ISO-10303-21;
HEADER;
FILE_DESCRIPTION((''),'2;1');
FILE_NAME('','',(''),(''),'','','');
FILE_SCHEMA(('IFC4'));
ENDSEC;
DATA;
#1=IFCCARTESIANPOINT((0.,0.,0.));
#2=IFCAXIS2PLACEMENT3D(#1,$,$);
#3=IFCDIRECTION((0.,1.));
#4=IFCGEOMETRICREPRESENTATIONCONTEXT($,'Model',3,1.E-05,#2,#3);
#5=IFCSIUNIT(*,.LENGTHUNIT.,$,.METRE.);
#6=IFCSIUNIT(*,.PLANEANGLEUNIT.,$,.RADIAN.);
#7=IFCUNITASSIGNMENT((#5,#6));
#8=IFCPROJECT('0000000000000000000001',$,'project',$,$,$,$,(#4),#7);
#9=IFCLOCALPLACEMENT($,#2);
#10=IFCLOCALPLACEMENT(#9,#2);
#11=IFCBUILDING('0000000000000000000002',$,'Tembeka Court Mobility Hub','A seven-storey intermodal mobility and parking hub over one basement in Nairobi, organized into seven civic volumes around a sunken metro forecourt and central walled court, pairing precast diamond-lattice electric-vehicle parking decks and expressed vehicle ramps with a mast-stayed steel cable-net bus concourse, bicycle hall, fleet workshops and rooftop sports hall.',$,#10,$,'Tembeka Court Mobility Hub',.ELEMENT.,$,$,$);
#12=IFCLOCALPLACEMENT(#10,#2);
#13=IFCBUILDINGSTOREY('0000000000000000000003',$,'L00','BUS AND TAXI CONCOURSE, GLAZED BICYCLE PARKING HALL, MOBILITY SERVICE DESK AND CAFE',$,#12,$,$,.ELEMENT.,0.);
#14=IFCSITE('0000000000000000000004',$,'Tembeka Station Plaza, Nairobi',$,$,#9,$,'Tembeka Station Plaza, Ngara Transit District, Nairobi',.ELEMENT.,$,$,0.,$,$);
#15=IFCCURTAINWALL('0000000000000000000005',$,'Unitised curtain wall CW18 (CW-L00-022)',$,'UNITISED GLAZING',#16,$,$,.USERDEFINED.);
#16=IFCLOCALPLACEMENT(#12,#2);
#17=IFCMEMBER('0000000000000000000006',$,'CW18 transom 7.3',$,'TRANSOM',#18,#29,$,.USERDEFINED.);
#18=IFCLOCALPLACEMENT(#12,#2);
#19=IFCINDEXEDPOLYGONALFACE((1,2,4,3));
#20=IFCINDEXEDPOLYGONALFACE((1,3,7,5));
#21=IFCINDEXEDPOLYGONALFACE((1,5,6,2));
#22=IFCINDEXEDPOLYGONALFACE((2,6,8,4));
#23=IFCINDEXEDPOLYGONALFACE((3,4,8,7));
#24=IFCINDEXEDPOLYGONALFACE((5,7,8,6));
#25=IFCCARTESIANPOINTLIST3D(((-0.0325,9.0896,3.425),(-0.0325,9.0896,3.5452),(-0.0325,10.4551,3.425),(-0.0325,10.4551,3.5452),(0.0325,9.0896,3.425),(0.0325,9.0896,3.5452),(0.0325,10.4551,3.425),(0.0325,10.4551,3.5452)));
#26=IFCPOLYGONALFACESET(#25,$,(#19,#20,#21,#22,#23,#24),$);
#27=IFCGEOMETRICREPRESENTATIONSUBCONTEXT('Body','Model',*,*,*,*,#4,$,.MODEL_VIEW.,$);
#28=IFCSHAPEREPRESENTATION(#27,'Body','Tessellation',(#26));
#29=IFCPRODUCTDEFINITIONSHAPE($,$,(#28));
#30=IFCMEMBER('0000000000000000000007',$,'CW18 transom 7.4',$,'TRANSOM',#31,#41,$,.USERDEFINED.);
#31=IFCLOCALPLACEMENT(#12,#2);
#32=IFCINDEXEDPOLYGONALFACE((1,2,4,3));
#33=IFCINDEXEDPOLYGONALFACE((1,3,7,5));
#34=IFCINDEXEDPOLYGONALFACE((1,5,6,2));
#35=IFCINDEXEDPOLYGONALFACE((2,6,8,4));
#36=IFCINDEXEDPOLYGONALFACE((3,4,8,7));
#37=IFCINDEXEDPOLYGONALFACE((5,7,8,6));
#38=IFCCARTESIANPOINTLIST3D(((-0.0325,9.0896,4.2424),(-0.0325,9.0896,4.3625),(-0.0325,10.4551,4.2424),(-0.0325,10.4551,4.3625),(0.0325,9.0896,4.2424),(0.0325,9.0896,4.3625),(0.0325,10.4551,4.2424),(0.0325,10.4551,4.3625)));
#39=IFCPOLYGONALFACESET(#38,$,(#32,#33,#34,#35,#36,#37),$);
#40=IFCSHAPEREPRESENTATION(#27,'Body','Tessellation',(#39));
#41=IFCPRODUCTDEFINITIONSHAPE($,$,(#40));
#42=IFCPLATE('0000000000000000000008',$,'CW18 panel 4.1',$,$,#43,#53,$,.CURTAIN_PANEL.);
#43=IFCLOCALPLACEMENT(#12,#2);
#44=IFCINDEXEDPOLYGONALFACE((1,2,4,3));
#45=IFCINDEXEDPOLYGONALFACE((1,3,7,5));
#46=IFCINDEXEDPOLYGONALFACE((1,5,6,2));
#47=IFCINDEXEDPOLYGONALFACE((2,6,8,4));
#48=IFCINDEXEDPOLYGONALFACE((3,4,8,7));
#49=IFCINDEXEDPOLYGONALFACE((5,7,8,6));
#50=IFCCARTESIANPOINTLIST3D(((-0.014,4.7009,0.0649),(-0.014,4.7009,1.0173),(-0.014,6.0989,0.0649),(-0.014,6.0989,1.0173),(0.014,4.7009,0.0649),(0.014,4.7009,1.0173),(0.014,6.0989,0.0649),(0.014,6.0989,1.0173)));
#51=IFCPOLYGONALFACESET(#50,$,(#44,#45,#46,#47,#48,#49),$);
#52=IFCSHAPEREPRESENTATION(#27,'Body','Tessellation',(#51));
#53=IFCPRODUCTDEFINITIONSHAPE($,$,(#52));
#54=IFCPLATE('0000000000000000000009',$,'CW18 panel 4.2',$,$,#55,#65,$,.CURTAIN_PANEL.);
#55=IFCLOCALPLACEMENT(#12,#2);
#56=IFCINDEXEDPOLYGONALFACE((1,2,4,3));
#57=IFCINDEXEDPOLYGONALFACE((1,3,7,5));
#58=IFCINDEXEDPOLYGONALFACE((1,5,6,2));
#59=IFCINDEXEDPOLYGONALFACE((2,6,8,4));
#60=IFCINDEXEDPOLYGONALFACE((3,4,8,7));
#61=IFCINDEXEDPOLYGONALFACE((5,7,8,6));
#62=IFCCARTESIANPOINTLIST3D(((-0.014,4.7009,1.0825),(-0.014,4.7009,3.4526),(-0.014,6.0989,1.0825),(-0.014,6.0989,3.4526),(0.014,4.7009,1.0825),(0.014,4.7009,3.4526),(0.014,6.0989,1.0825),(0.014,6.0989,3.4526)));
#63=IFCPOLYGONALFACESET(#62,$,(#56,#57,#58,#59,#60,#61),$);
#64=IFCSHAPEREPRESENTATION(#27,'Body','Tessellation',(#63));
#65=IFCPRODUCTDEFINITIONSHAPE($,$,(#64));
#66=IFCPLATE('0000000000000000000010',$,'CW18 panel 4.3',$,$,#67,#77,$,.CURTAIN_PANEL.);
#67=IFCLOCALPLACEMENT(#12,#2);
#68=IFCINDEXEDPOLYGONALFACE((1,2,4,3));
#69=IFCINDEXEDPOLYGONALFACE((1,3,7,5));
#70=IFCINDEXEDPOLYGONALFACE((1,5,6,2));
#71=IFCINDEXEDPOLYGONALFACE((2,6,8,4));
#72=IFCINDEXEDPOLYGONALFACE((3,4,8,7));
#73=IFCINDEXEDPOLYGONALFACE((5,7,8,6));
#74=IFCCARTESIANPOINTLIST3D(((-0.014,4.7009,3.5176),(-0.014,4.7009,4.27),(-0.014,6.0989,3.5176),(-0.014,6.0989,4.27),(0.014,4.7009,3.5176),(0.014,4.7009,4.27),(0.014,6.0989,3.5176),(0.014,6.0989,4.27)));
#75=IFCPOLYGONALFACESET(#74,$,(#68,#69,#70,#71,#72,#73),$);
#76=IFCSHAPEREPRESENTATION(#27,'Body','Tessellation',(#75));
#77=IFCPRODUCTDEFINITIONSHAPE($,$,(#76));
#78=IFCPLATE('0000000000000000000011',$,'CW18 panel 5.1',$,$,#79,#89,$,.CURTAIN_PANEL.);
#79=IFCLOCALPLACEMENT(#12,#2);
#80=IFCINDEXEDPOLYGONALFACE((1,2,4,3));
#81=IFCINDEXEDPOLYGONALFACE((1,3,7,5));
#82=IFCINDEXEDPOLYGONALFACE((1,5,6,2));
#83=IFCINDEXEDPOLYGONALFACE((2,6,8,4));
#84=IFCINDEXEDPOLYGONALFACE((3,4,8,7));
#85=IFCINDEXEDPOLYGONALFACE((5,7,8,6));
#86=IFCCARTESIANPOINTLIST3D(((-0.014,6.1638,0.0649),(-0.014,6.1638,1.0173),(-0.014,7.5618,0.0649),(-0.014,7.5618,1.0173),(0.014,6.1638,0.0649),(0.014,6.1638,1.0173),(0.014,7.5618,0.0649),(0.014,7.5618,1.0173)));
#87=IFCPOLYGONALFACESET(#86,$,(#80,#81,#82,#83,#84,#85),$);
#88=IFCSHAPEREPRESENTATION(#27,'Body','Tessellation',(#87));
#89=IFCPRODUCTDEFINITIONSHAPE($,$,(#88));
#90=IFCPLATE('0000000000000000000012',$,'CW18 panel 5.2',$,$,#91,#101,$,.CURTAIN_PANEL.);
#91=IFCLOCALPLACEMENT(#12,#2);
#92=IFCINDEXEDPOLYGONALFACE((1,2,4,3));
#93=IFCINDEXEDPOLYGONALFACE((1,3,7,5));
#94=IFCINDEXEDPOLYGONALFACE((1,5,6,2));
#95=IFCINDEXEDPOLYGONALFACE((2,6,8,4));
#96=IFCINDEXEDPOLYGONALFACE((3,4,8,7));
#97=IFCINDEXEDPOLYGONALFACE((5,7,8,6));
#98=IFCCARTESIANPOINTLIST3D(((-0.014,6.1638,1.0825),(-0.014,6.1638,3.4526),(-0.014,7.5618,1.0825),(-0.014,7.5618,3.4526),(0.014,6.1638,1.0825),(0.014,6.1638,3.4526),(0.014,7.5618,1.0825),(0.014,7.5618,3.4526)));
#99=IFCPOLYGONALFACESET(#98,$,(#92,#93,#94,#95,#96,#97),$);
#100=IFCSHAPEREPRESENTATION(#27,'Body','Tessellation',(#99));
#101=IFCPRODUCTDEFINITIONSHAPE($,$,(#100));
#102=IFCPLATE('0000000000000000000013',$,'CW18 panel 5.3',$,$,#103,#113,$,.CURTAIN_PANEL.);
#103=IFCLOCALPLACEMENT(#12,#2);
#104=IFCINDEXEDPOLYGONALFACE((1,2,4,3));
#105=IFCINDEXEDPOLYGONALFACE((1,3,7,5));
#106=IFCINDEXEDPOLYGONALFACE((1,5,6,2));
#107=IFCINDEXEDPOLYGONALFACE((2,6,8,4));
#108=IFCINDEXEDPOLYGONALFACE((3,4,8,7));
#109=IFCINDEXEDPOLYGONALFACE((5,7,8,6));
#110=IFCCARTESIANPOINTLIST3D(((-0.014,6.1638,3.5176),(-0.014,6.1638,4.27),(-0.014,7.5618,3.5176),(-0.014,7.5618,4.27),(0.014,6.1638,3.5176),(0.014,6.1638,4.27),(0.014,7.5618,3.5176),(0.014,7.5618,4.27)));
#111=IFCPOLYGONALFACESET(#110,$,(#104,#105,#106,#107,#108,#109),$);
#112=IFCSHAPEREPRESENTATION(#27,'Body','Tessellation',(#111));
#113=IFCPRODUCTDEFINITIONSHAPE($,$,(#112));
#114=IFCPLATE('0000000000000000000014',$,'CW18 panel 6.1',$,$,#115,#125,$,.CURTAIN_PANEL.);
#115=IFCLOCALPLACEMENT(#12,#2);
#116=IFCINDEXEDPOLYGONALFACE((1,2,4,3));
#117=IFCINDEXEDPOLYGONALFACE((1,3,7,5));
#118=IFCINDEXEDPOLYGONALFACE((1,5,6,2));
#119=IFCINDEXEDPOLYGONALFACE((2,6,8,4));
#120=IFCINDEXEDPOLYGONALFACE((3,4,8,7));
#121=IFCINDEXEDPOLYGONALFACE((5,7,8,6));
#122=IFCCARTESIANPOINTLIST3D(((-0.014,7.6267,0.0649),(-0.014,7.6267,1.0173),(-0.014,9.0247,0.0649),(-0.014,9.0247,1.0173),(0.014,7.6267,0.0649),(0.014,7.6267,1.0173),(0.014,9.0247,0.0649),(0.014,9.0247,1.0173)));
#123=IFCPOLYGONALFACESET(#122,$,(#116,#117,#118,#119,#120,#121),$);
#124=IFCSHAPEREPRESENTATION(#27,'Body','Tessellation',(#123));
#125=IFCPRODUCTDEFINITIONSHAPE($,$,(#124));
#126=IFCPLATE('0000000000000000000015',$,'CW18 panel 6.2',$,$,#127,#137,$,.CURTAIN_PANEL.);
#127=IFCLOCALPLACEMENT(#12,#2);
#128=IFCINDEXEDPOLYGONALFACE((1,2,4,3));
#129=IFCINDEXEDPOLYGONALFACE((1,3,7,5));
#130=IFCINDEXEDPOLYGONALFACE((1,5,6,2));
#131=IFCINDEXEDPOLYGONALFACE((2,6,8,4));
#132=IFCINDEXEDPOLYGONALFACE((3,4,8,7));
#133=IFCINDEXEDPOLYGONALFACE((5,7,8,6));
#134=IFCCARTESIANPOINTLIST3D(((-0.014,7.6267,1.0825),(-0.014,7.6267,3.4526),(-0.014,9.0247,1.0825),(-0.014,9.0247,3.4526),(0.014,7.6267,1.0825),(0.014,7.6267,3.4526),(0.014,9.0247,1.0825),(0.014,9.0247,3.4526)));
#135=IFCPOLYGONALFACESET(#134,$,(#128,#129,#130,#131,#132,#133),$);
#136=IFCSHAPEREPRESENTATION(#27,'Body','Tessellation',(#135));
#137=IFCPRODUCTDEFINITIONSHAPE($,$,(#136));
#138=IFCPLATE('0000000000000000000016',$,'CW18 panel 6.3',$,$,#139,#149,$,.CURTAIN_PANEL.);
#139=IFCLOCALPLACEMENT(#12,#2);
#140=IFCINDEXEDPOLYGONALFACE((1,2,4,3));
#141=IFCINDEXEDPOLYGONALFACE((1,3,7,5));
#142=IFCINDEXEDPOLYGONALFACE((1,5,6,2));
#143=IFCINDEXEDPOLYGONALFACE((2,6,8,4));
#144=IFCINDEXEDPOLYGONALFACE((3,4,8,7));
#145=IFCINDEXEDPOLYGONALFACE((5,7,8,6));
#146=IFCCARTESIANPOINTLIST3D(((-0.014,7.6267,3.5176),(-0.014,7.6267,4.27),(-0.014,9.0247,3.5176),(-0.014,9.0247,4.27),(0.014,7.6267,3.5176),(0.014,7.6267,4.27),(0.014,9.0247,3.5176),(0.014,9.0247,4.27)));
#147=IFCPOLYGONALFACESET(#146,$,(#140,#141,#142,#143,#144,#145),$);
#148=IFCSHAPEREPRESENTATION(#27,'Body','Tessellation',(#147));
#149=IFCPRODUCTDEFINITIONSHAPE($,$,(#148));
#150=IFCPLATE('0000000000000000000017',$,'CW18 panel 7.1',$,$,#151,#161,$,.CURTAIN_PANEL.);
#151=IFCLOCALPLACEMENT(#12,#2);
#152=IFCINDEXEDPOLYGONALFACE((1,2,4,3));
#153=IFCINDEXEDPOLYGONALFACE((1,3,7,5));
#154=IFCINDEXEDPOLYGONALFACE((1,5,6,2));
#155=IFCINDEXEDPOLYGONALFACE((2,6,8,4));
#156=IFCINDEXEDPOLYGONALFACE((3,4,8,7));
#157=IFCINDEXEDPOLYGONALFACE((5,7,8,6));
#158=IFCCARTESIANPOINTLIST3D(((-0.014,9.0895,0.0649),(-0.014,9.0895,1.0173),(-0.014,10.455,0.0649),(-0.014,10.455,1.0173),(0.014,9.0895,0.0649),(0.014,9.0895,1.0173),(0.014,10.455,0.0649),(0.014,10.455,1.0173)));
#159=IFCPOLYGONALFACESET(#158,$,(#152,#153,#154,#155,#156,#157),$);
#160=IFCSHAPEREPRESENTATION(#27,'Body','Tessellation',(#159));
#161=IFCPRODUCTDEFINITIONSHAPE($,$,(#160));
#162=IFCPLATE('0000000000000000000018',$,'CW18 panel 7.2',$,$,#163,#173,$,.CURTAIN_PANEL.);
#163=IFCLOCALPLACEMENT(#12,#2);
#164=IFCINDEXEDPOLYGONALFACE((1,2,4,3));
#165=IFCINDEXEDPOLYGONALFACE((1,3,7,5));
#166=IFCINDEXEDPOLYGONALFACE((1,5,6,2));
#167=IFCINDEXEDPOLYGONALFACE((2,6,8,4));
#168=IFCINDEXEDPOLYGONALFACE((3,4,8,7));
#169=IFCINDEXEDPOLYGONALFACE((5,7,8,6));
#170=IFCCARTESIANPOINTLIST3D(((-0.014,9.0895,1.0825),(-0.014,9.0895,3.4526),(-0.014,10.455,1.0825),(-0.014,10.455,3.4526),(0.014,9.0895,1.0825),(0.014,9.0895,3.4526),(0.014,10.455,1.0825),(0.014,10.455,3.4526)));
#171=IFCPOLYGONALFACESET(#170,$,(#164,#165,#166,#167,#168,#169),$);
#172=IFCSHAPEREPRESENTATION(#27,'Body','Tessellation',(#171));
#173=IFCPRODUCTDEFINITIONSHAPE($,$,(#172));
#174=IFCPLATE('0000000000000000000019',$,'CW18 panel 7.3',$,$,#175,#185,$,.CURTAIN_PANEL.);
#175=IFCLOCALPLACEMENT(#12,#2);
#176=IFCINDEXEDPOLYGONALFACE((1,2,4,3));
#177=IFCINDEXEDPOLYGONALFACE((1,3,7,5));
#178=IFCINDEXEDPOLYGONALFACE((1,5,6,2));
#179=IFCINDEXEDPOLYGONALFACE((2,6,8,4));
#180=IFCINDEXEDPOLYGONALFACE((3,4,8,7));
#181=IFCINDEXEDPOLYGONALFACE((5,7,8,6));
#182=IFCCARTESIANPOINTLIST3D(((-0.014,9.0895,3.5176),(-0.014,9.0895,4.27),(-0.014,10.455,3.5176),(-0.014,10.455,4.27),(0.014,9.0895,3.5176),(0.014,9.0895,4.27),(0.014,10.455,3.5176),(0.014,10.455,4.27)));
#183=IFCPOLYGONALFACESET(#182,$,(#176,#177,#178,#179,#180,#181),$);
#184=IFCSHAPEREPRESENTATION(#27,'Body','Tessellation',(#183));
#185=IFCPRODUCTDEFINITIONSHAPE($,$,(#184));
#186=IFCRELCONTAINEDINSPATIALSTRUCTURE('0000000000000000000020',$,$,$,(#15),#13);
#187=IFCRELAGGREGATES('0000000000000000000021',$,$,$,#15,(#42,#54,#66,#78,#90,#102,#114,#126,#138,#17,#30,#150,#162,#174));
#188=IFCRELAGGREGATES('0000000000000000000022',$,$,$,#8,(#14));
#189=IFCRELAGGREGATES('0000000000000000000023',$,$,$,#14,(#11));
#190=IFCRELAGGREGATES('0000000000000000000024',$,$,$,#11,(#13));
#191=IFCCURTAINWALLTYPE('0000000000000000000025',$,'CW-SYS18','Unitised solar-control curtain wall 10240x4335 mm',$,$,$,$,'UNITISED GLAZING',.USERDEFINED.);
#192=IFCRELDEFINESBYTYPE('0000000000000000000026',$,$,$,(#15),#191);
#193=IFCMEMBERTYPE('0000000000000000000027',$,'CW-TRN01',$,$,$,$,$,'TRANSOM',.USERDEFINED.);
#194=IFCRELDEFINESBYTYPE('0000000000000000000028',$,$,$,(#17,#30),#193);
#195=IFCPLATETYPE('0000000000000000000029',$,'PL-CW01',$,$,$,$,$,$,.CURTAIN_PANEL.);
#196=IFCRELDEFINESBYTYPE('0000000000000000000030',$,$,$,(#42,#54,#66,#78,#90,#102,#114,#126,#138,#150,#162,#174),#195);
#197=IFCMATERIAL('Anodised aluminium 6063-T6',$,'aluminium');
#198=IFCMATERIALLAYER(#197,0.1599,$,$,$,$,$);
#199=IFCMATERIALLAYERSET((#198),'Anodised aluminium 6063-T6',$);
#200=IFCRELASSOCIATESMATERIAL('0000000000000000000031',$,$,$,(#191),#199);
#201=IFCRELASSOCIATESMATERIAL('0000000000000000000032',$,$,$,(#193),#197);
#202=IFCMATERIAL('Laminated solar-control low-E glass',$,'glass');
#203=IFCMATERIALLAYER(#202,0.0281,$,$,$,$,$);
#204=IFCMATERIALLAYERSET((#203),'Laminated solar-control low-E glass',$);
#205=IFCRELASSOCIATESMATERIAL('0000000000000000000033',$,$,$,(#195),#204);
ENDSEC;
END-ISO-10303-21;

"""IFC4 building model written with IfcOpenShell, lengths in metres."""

from ifc_helpers import new_model, si_unit, direction, frame, origin, origin_2d, place, context, subcontext, project, spatial, rectangle, extrude, material, layer, layer_set, material_profile, profile_set, type_object, element, aggregate, save


model = new_model("IFC4")

# Units and contexts
model_context = context("Model", 3, precision=1e-05, world=origin(), true_north=direction((0.0, 1.0)))
body_context = subcontext(model_context, "Body", "Model", "MODEL_VIEW")
ifc_project = project(units=[si_unit("LENGTHUNIT", "METRE"), si_unit("PLANEANGLEUNIT", "RADIAN")], contexts=[model_context])

# Site, building, storey
site_placement = place(None, origin())
site = spatial("IfcSite", under=ifc_project, at=site_placement, Name="Tembeka Station Plaza, Nairobi", LongName="Tembeka Station Plaza, Ngara Transit District, Nairobi", CompositionType="ELEMENT", RefElevation=0.0)
building_placement = place(site_placement, origin())
building = spatial("IfcBuilding", under=site, at=building_placement, Name="Tembeka Court Mobility Hub", Description="A seven-storey intermodal mobility and parking hub over one basement in Nairobi, organized into seven civic volumes around a sunken metro forecourt and central walled court, pairing precast diamond-lattice electric-vehicle parking decks and expressed vehicle ramps with a mast-stayed steel cable-net bus concourse, bicycle hall, fleet workshops and rooftop sports hall.", LongName="Tembeka Court Mobility Hub", CompositionType="ELEMENT")
storey_placement = place(building_placement, origin())
storey = spatial("IfcBuildingStorey", under=building, at=storey_placement, Name="L00", Description="BUS AND TAXI CONCOURSE, GLAZED BICYCLE PARKING HALL, MOBILITY SERVICE DESK AND CAFE", CompositionType="ELEMENT", Elevation=0.0)

# Curtain wall, members, plates
ifc_material_1 = material(Name="Anodised aluminium 6063-T6", Category="aluminium")
ifc_layer_1 = layer(ifc_material_1, 0.1599)
ifc_layer_set_1 = layer_set([ifc_layer_1], Name="Anodised aluminium 6063-T6")
curtain_wall_type = type_object("IfcCurtainWallType", Name="CW-SYS18", Description="Unitised solar-control curtain wall 10240x4335 mm", ElementType="UNITISED GLAZING", PredefinedType="USERDEFINED", material=ifc_layer_set_1)
curtain_wall_placement = place(storey_placement, origin())
curtain_wall = element("IfcCurtainWall", 1, at=curtain_wall_placement, inside=storey, type_object=curtain_wall_type, Name="Unitised curtain wall CW18 (CW-L00-022)", ObjectType="UNITISED GLAZING", PredefinedType="USERDEFINED")
ifc_material_profile_1 = material_profile(ifc_material_1, rectangle(XDim=0.0649, YDim=0.1201, at=origin_2d()), Name="ALU-TRN 65x120")
ifc_profile_set_1 = profile_set([ifc_material_profile_1], Name="Anodised aluminium 6063-T6")
member_type_1 = type_object("IfcMemberType", Name="CW-TRN01", ElementType="TRANSOM", PredefinedType="USERDEFINED", material=ifc_profile_set_1)
member_1_placement = place(storey_placement, frame((0.0, 9.0896, 3.4851), z_axis=(0.0, 1.0, 0.0), x_axis=(-1.0, 0.0, 0.0)))
member_1 = element("IfcMember", 2, at=member_1_placement, type_object=member_type_1, Name="CW18 transom 7.3", ObjectType="TRANSOM", PredefinedType="USERDEFINED", context=body_context, shape_type="SweptSolid", body=[
    extrude(rectangle(XDim=0.0649, YDim=0.1201, at=origin_2d()), origin(), (0.0, 0.0, 1.0), 1.3655),
])
member_2_placement = place(storey_placement, frame((0.0, 9.0896, 4.3025), z_axis=(0.0, 1.0, 0.0), x_axis=(-1.0, 0.0, 0.0)))
member_2 = element("IfcMember", 3, at=member_2_placement, type_object=member_type_1, Name="CW18 transom 7.4", ObjectType="TRANSOM", PredefinedType="USERDEFINED", context=body_context, shape_type="SweptSolid", body=[
    extrude(rectangle(XDim=0.0649, YDim=0.1201, at=origin_2d()), origin(), (0.0, 0.0, 1.0), 1.3655),
])
ifc_material_2 = material(Name="Laminated solar-control low-E glass", Category="glass")
ifc_layer_2 = layer(ifc_material_2, 0.0281)
ifc_layer_set_2 = layer_set([ifc_layer_2], Name="Laminated solar-control low-E glass")
plate_type = type_object("IfcPlateType", Name="PL-CW01", PredefinedType="CURTAIN_PANEL", material=ifc_layer_set_2)
plate_1_placement = place(storey_placement, frame((0.0, 5.3999, 0.0649), z_axis=(0.0, 0.0, 1.0), x_axis=(0.0, 1.0, 0.0)))
plate_1 = element("IfcPlate", 4, at=plate_1_placement, type_object=plate_type, Name="CW18 panel 4.1", PredefinedType="CURTAIN_PANEL", context=body_context, shape_type="SweptSolid", body=[
    extrude(rectangle(XDim=1.3979, YDim=0.0281, at=origin_2d()), origin(), (0.0, 0.0, 1.0), 0.9524),
])
plate_2_placement = place(storey_placement, frame((0.0, 5.3999, 1.0825), z_axis=(0.0, 0.0, 1.0), x_axis=(0.0, 1.0, 0.0)))
plate_2 = element("IfcPlate", 5, at=plate_2_placement, type_object=plate_type, Name="CW18 panel 4.2", PredefinedType="CURTAIN_PANEL", context=body_context, shape_type="SweptSolid", body=[
    extrude(rectangle(XDim=1.3979, YDim=0.0281, at=origin_2d()), origin(), (0.0, 0.0, 1.0), 2.3701),
])
plate_3_placement = place(storey_placement, frame((0.0, 5.3999, 3.5176), z_axis=(0.0, 0.0, 1.0), x_axis=(0.0, 1.0, 0.0)))
plate_3 = element("IfcPlate", 6, at=plate_3_placement, type_object=plate_type, Name="CW18 panel 4.3", PredefinedType="CURTAIN_PANEL", context=body_context, shape_type="SweptSolid", body=[
    extrude(rectangle(XDim=1.3979, YDim=0.0281, at=origin_2d()), origin(), (0.0, 0.0, 1.0), 0.7524),
])
plate_4_placement = place(storey_placement, frame((0.0, 6.8628, 0.0649), z_axis=(0.0, 0.0, 1.0), x_axis=(0.0, 1.0, 0.0)))
plate_4 = element("IfcPlate", 7, at=plate_4_placement, type_object=plate_type, Name="CW18 panel 5.1", PredefinedType="CURTAIN_PANEL", context=body_context, shape_type="SweptSolid", body=[
    extrude(rectangle(XDim=1.3979, YDim=0.0281, at=origin_2d()), origin(), (0.0, 0.0, 1.0), 0.9524),
])
plate_5_placement = place(storey_placement, frame((0.0, 6.8628, 1.0825), z_axis=(0.0, 0.0, 1.0), x_axis=(0.0, 1.0, 0.0)))
plate_5 = element("IfcPlate", 8, at=plate_5_placement, type_object=plate_type, Name="CW18 panel 5.2", PredefinedType="CURTAIN_PANEL", context=body_context, shape_type="SweptSolid", body=[
    extrude(rectangle(XDim=1.3979, YDim=0.0281, at=origin_2d()), origin(), (0.0, 0.0, 1.0), 2.3701),
])
plate_6_placement = place(storey_placement, frame((0.0, 6.8628, 3.5176), z_axis=(0.0, 0.0, 1.0), x_axis=(0.0, 1.0, 0.0)))
plate_6 = element("IfcPlate", 9, at=plate_6_placement, type_object=plate_type, Name="CW18 panel 5.3", PredefinedType="CURTAIN_PANEL", context=body_context, shape_type="SweptSolid", body=[
    extrude(rectangle(XDim=1.3979, YDim=0.0281, at=origin_2d()), origin(), (0.0, 0.0, 1.0), 0.7524),
])
plate_7_placement = place(storey_placement, frame((0.0, 8.3257, 0.0649), z_axis=(0.0, 0.0, 1.0), x_axis=(0.0, 1.0, 0.0)))
plate_7 = element("IfcPlate", 10, at=plate_7_placement, type_object=plate_type, Name="CW18 panel 6.1", PredefinedType="CURTAIN_PANEL", context=body_context, shape_type="SweptSolid", body=[
    extrude(rectangle(XDim=1.3979, YDim=0.0281, at=origin_2d()), origin(), (0.0, 0.0, 1.0), 0.9524),
])
plate_8_placement = place(storey_placement, frame((0.0, 8.3257, 1.0825), z_axis=(0.0, 0.0, 1.0), x_axis=(0.0, 1.0, 0.0)))
plate_8 = element("IfcPlate", 11, at=plate_8_placement, type_object=plate_type, Name="CW18 panel 6.2", PredefinedType="CURTAIN_PANEL", context=body_context, shape_type="SweptSolid", body=[
    extrude(rectangle(XDim=1.3979, YDim=0.0281, at=origin_2d()), origin(), (0.0, 0.0, 1.0), 2.3701),
])
plate_9_placement = place(storey_placement, frame((0.0, 8.3257, 3.5176), z_axis=(0.0, 0.0, 1.0), x_axis=(0.0, 1.0, 0.0)))
plate_9 = element("IfcPlate", 12, at=plate_9_placement, type_object=plate_type, Name="CW18 panel 6.3", PredefinedType="CURTAIN_PANEL", context=body_context, shape_type="SweptSolid", body=[
    extrude(rectangle(XDim=1.3979, YDim=0.0281, at=origin_2d()), origin(), (0.0, 0.0, 1.0), 0.7524),
])
plate_10_placement = place(storey_placement, frame((0.0, 9.7722, 0.0649), z_axis=(0.0, 0.0, 1.0), x_axis=(0.0, 1.0, 0.0)))
plate_10 = element("IfcPlate", 13, at=plate_10_placement, type_object=plate_type, Name="CW18 panel 7.1", PredefinedType="CURTAIN_PANEL", context=body_context, shape_type="SweptSolid", body=[
    extrude(rectangle(XDim=1.3655, YDim=0.0281, at=origin_2d()), origin(), (0.0, 0.0, 1.0), 0.9524),
])
plate_11_placement = place(storey_placement, frame((0.0, 9.7722, 1.0825), z_axis=(0.0, 0.0, 1.0), x_axis=(0.0, 1.0, 0.0)))
plate_11 = element("IfcPlate", 14, at=plate_11_placement, type_object=plate_type, Name="CW18 panel 7.2", PredefinedType="CURTAIN_PANEL", context=body_context, shape_type="SweptSolid", body=[
    extrude(rectangle(XDim=1.3655, YDim=0.0281, at=origin_2d()), origin(), (0.0, 0.0, 1.0), 2.3701),
])
plate_12_placement = place(storey_placement, frame((0.0, 9.7722, 3.5176), z_axis=(0.0, 0.0, 1.0), x_axis=(0.0, 1.0, 0.0)))
plate_12 = element("IfcPlate", 15, at=plate_12_placement, type_object=plate_type, Name="CW18 panel 7.3", PredefinedType="CURTAIN_PANEL", context=body_context, shape_type="SweptSolid", body=[
    extrude(rectangle(XDim=1.3655, YDim=0.0281, at=origin_2d()), origin(), (0.0, 0.0, 1.0), 0.7524),
])
aggregate(curtain_wall, [plate_1, plate_2, plate_3, plate_4, plate_5, plate_6, plate_7, plate_8, plate_9, member_1, member_2, plate_10, plate_11, plate_12])

save(model, "model.ifc")
